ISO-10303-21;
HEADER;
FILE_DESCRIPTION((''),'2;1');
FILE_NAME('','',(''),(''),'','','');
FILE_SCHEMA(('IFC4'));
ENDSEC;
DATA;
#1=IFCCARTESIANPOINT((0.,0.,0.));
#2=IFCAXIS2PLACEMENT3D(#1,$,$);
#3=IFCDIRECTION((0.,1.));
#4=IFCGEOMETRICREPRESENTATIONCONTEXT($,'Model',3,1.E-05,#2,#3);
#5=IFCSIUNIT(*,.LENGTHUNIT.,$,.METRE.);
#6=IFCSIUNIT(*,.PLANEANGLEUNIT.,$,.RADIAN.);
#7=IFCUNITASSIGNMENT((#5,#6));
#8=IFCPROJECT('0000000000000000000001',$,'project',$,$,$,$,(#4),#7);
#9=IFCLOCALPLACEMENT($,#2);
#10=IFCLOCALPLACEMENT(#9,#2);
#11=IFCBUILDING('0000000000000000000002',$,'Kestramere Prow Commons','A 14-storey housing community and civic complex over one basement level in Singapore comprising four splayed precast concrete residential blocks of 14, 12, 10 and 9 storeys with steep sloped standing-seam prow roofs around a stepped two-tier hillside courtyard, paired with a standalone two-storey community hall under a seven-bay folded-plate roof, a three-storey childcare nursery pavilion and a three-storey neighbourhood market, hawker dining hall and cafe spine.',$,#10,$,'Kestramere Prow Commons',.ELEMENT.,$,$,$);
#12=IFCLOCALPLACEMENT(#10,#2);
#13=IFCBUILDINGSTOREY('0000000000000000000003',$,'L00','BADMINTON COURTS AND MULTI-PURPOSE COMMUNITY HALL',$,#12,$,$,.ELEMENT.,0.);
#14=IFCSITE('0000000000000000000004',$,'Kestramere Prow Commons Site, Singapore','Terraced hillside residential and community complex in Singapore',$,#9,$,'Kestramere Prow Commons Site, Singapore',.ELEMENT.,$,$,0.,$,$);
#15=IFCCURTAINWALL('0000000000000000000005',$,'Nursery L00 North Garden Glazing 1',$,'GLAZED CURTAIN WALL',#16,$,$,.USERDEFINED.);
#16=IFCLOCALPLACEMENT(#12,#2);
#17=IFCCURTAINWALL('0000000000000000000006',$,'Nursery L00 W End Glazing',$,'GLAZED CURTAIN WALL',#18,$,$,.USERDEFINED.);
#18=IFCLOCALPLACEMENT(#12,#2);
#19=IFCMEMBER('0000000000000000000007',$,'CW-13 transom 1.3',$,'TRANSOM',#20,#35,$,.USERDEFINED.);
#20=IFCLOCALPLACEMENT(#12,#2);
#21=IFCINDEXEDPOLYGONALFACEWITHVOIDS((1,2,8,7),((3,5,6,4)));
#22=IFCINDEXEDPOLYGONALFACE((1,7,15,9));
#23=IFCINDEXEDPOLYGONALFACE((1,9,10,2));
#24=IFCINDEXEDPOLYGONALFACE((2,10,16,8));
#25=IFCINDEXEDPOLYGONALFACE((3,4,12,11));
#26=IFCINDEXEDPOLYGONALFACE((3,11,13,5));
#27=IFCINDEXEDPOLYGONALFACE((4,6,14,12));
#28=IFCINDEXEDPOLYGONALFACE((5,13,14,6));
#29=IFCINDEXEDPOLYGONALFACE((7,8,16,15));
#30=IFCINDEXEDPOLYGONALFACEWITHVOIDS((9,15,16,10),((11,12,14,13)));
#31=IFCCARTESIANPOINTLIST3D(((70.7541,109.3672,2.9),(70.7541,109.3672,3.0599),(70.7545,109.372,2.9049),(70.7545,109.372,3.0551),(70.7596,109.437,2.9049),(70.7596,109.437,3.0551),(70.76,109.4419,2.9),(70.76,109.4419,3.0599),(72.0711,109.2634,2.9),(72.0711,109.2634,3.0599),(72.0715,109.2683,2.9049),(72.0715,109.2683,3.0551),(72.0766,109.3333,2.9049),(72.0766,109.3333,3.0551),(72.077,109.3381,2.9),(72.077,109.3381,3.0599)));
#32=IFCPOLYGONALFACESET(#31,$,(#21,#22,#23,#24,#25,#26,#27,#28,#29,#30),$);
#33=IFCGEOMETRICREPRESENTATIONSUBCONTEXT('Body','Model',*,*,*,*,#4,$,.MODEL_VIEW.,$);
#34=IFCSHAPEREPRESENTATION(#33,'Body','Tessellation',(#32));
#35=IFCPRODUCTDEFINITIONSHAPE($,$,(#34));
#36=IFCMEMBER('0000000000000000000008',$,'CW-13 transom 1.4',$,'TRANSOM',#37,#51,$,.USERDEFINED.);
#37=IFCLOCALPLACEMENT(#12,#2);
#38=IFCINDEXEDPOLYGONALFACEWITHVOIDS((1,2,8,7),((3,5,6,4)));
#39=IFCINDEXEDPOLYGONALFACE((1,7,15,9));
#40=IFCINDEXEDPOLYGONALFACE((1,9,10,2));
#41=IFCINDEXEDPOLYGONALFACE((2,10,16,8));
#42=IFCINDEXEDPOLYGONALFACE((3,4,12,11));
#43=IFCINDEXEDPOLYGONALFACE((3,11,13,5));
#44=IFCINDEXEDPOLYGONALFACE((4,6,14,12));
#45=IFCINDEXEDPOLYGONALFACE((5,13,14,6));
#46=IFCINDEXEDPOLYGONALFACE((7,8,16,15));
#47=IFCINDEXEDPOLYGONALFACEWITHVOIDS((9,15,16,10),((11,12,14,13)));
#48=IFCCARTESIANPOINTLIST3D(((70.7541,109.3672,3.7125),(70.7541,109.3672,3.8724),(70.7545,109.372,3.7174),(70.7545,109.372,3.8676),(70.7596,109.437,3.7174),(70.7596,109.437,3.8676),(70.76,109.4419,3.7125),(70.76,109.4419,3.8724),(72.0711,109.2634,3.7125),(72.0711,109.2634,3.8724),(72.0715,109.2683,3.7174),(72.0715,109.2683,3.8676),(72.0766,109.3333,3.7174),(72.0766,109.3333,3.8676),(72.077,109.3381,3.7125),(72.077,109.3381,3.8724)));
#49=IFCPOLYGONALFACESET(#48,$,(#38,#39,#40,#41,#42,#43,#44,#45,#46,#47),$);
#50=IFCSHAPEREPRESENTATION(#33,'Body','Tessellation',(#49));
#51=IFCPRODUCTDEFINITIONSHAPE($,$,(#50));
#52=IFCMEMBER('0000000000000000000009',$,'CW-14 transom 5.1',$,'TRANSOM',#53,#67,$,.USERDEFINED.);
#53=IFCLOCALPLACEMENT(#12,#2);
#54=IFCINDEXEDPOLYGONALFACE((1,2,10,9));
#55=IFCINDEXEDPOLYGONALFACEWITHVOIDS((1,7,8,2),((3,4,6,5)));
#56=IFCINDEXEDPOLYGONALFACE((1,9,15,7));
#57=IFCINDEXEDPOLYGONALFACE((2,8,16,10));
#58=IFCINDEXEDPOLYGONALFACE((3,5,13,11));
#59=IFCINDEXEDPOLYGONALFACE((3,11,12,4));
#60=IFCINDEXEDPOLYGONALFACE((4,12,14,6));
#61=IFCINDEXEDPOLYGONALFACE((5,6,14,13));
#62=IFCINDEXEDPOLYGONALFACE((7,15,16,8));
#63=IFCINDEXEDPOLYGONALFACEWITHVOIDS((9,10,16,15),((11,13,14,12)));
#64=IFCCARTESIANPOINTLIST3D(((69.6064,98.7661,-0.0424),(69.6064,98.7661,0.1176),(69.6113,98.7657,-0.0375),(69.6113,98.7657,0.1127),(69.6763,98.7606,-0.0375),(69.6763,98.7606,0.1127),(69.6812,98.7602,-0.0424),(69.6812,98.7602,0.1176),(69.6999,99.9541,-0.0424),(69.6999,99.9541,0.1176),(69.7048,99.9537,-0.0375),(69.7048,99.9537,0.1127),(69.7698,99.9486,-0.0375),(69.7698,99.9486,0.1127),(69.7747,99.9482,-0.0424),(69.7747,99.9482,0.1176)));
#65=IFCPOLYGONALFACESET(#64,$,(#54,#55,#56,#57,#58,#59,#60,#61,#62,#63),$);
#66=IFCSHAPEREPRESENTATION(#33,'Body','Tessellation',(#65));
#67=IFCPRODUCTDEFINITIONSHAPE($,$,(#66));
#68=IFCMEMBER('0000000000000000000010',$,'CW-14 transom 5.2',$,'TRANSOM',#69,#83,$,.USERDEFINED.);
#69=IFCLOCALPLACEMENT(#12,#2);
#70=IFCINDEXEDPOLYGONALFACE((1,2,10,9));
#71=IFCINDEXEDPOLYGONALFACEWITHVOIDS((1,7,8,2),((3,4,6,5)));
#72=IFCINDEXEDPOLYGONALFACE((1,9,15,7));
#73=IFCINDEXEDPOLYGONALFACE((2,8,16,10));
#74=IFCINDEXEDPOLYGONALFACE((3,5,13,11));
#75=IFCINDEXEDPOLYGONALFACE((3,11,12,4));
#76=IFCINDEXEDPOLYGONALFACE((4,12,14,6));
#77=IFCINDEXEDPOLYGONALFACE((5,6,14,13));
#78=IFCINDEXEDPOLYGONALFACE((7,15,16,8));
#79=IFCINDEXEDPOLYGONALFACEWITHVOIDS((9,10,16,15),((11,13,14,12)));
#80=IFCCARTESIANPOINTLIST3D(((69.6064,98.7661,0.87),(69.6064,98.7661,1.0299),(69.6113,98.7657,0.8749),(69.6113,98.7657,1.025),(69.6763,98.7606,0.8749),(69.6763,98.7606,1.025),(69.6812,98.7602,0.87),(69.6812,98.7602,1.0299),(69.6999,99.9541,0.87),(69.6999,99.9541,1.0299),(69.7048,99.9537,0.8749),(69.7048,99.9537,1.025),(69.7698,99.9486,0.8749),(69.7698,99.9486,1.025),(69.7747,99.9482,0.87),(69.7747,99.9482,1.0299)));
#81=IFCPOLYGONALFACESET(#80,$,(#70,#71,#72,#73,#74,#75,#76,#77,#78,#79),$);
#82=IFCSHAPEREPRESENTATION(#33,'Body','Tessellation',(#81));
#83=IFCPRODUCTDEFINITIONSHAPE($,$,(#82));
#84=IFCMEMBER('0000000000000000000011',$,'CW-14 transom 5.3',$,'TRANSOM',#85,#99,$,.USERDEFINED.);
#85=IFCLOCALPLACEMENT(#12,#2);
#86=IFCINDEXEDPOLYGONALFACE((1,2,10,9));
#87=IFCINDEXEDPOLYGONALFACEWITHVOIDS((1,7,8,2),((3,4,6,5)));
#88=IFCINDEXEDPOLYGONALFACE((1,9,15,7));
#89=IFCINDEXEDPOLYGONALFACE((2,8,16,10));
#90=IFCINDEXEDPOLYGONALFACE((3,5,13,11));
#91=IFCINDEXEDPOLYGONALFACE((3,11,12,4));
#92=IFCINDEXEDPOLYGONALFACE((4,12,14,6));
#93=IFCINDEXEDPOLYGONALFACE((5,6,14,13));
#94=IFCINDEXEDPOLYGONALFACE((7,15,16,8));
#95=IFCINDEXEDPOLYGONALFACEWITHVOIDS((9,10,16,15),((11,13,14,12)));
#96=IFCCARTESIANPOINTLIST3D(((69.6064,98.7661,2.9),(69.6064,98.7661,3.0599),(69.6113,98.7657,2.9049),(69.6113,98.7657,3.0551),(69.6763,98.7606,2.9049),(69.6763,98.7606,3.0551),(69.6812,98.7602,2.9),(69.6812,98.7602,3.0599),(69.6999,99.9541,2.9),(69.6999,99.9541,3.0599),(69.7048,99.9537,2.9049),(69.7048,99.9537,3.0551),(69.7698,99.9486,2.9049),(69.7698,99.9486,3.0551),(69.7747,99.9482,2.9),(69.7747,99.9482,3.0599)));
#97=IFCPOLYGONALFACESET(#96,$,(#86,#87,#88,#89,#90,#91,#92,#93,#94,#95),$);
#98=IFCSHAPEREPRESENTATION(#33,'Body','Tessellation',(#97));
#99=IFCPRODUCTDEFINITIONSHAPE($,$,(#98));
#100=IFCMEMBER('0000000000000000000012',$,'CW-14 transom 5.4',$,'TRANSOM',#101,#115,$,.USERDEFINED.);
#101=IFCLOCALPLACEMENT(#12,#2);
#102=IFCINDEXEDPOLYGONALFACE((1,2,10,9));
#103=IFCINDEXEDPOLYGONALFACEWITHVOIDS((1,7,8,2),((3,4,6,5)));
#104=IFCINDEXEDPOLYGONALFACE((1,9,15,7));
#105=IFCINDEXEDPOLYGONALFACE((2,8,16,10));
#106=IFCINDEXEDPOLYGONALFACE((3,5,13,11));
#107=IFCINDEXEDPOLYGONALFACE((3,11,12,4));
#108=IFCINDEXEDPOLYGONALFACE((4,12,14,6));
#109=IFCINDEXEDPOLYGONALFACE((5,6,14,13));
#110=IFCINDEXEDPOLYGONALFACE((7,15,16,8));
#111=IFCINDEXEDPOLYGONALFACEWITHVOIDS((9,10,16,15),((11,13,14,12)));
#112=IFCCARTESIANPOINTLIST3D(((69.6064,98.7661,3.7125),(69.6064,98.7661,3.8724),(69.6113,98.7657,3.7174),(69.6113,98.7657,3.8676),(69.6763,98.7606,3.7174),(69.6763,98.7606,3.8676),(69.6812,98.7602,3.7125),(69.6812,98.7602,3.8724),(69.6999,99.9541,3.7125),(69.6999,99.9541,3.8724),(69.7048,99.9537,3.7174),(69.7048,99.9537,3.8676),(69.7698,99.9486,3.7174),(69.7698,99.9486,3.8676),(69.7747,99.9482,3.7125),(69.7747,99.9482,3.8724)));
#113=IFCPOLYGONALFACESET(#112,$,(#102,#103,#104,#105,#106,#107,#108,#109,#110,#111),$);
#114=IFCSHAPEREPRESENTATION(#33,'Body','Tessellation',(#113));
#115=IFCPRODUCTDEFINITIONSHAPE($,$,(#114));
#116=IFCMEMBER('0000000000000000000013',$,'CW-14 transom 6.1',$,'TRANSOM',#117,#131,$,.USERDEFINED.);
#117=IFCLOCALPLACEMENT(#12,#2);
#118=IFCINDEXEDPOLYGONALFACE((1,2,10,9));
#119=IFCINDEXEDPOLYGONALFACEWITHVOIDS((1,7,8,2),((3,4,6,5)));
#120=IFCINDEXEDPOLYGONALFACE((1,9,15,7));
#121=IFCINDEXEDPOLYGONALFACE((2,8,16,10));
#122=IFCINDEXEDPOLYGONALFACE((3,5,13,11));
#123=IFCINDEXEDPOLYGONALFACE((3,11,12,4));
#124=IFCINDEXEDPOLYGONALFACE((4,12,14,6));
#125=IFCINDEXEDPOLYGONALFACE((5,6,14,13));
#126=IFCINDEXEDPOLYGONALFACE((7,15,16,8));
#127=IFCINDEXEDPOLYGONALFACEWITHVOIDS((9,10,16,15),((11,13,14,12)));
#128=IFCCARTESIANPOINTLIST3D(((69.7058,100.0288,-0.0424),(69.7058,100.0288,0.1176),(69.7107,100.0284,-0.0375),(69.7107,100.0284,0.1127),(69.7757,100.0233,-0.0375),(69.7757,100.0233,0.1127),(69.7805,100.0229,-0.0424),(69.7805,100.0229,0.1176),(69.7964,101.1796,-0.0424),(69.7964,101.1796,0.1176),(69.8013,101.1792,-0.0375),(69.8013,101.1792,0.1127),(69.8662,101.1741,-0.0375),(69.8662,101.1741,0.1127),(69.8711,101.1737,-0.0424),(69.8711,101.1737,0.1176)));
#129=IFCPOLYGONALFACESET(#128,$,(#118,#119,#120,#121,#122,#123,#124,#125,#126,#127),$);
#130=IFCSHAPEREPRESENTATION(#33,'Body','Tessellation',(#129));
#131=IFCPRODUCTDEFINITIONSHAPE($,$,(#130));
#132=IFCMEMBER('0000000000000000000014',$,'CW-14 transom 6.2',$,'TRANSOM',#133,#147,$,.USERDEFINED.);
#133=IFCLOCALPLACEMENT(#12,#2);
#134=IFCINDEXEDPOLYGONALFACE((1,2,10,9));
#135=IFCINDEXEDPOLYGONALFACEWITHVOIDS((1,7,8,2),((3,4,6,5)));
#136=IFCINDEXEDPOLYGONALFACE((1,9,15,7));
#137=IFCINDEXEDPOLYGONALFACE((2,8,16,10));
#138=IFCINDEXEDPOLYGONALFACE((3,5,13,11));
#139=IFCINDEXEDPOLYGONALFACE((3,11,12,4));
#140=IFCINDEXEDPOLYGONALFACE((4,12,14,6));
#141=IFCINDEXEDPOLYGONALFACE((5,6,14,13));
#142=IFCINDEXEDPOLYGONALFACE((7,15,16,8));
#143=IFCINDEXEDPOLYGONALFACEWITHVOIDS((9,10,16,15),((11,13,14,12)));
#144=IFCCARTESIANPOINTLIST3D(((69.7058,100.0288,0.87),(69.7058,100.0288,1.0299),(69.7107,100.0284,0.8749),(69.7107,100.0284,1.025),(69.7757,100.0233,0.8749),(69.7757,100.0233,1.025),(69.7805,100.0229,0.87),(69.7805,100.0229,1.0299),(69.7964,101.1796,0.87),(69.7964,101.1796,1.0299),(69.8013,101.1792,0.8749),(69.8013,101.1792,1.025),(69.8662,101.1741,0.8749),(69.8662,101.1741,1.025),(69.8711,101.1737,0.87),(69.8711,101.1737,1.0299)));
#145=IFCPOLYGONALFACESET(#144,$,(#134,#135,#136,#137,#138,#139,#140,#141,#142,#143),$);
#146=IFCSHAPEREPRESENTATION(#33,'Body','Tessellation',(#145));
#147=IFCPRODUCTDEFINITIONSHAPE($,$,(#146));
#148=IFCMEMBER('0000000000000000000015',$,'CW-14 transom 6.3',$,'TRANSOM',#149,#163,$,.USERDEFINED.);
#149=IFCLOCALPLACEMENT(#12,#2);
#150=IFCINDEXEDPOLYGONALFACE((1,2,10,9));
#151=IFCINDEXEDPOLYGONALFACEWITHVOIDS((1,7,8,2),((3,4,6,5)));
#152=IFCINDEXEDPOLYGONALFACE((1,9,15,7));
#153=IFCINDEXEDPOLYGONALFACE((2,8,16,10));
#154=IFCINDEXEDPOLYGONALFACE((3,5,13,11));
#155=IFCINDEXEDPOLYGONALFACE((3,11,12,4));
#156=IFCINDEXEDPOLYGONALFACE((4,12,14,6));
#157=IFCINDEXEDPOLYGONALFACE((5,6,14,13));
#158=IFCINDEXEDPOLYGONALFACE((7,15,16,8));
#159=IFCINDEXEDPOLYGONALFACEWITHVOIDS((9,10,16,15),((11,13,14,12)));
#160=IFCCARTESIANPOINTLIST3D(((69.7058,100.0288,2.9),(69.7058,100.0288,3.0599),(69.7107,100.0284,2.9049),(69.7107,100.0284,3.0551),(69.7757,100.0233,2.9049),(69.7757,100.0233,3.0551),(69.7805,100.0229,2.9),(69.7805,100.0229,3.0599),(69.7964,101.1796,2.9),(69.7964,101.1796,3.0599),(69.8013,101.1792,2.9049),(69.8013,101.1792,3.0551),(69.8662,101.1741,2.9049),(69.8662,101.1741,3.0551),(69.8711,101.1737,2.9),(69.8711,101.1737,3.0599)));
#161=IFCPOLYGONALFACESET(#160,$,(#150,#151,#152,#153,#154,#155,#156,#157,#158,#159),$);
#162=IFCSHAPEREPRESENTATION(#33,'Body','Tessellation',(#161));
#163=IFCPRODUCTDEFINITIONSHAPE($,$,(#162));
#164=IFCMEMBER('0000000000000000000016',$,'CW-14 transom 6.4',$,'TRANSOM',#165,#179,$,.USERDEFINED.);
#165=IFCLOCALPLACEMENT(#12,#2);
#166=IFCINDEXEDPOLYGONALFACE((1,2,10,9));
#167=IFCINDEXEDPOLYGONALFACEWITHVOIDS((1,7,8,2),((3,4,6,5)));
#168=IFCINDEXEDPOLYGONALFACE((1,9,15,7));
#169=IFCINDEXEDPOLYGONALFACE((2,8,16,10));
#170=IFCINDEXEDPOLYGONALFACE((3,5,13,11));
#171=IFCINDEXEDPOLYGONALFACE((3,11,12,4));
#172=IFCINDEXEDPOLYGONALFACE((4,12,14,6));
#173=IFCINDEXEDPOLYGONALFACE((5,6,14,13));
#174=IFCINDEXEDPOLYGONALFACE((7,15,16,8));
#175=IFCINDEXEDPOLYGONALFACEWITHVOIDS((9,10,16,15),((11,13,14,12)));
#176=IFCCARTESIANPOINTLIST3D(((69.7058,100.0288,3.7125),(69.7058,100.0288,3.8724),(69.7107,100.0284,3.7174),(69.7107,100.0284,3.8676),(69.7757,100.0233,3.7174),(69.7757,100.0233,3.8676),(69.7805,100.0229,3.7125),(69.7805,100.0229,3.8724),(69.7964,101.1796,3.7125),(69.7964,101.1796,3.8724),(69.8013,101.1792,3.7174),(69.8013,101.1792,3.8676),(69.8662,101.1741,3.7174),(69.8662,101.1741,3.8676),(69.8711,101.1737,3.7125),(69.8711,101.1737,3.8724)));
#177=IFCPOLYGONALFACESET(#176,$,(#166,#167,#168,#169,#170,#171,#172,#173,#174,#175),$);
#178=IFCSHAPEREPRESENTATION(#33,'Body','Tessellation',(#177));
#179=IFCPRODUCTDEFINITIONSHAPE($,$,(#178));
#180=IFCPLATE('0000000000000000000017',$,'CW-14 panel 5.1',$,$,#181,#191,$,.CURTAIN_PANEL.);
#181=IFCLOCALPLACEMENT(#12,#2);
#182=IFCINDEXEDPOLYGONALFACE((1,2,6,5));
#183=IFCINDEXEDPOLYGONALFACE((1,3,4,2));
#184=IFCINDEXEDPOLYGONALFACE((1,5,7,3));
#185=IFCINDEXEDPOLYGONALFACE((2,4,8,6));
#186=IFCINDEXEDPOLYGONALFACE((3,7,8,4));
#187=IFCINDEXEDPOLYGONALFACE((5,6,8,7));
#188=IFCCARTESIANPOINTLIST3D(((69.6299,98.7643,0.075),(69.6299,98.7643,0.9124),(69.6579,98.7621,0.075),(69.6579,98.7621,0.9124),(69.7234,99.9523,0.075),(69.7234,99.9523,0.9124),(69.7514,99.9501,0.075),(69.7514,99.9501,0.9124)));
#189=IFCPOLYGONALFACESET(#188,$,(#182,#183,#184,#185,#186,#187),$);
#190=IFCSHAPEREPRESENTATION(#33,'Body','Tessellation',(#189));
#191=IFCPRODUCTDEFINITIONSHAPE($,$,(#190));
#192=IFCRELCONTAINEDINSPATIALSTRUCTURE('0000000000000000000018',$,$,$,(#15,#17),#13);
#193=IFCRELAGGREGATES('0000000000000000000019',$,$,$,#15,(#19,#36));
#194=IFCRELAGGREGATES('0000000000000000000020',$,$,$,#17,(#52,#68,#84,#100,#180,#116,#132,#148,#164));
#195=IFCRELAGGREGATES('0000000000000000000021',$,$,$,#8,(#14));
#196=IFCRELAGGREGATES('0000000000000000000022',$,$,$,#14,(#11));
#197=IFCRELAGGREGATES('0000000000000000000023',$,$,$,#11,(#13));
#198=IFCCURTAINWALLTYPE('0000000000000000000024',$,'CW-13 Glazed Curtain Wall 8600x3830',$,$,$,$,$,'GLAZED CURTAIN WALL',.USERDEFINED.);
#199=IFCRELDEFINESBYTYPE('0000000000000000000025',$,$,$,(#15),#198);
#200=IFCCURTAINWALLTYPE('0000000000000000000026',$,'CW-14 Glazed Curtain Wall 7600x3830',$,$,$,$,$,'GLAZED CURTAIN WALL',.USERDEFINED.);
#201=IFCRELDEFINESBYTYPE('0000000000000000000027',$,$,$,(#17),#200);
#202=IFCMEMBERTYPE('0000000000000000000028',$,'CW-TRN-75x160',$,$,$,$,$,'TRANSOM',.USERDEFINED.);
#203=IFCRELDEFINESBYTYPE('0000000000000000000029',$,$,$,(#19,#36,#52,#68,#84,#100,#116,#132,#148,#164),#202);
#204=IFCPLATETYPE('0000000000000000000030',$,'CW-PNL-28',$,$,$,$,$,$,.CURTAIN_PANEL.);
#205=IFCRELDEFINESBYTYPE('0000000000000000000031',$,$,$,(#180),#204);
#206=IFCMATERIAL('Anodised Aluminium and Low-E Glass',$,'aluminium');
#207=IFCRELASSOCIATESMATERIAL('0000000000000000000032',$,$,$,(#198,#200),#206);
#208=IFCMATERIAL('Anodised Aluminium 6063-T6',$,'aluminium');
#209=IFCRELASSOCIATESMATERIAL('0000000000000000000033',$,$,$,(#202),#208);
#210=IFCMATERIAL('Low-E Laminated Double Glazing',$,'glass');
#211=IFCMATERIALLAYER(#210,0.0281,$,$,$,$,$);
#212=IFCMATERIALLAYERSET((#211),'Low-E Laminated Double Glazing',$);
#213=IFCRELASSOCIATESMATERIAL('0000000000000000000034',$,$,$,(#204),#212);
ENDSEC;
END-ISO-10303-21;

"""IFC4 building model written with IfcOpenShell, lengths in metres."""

from ifc_helpers import new_model, si_unit, direction, frame, origin, origin_2d, place, context, subcontext, project, spatial, rectangle, hollow_rectangle, extrude, material, layer, layer_set, material_profile, profile_set, type_object, element, aggregate, save


model = new_model("IFC4")

# Units and contexts
model_context = context("Model", 3, precision=1e-05, world=origin(), true_north=direction((0.0, 1.0)))
body_context = subcontext(model_context, "Body", "Model", "MODEL_VIEW")
ifc_project = project(units=[si_unit("LENGTHUNIT", "METRE"), si_unit("PLANEANGLEUNIT", "RADIAN")], contexts=[model_context])

# Site, building, storey
site_placement = place(None, origin())
site = spatial("IfcSite", under=ifc_project, at=site_placement, Name="Kestramere Prow Commons Site, Singapore", Description="Terraced hillside residential and community complex in Singapore", LongName="Kestramere Prow Commons Site, Singapore", CompositionType="ELEMENT", RefElevation=0.0)
building_placement = place(site_placement, origin())
building = spatial("IfcBuilding", under=site, at=building_placement, Name="Kestramere Prow Commons", Description="A 14-storey housing community and civic complex over one basement level in Singapore comprising four splayed precast concrete residential blocks of 14, 12, 10 and 9 storeys with steep sloped standing-seam prow roofs around a stepped two-tier hillside courtyard, paired with a standalone two-storey community hall under a seven-bay folded-plate roof, a three-storey childcare nursery pavilion and a three-storey neighbourhood market, hawker dining hall and cafe spine.", LongName="Kestramere Prow Commons", CompositionType="ELEMENT")
storey_placement = place(building_placement, origin())
storey = spatial("IfcBuildingStorey", under=building, at=storey_placement, Name="L00", Description="BADMINTON COURTS AND MULTI-PURPOSE COMMUNITY HALL", CompositionType="ELEMENT", Elevation=0.0)

# Curtain wall
ifc_material_1 = material(Name="Anodised Aluminium and Low-E Glass", Category="aluminium")
curtain_wall_type_1 = type_object("IfcCurtainWallType", Name="CW-13 Glazed Curtain Wall 8600x3830", ElementType="GLAZED CURTAIN WALL", PredefinedType="USERDEFINED", material=ifc_material_1)
curtain_wall_1_placement = place(storey_placement, origin())
curtain_wall_1 = element("IfcCurtainWall", 1, at=curtain_wall_1_placement, inside=storey, type_object=curtain_wall_type_1, Name="Nursery L00 North Garden Glazing 1", ObjectType="GLAZED CURTAIN WALL", PredefinedType="USERDEFINED")
ifc_material_2 = material(Name="Anodised Aluminium 6063-T6", Category="aluminium")

# Curtain wall
curtain_wall_type_2 = type_object("IfcCurtainWallType", Name="CW-14 Glazed Curtain Wall 7600x3830", ElementType="GLAZED CURTAIN WALL", PredefinedType="USERDEFINED", material=ifc_material_1)
curtain_wall_2_placement = place(storey_placement, origin())
curtain_wall_2 = element("IfcCurtainWall", 2, at=curtain_wall_2_placement, inside=storey, type_object=curtain_wall_type_2, Name="Nursery L00 W End Glazing", ObjectType="GLAZED CURTAIN WALL", PredefinedType="USERDEFINED")

# Members
ifc_material_profile_1 = material_profile(ifc_material_2, hollow_rectangle(XDim=0.075, YDim=0.1599, WallThickness=0.0049, at=origin_2d()), Name="ALU-TRN 75x160")
ifc_profile_set_1 = profile_set([ifc_material_profile_1], Name="Anodised Aluminium 6063-T6")
member_type_1 = type_object("IfcMemberType", Name="CW-TRN-75x160", ElementType="TRANSOM", PredefinedType="USERDEFINED", material=ifc_profile_set_1)
member_1_placement = place(storey_placement, frame((70.7571, 109.4045, 2.98), z_axis=(0.99691, -0.078548, 0.0), x_axis=(0.078548, 0.99691, 0.0)))
member_1 = element("IfcMember", 3, at=member_1_placement, type_object=member_type_1, Name="CW-13 transom 1.3", ObjectType="TRANSOM", PredefinedType="USERDEFINED", context=body_context, shape_type="SweptSolid", body=[
    extrude(hollow_rectangle(XDim=0.075, YDim=0.1599, WallThickness=0.0049, at=origin_2d()), origin(), (0.0, 0.0, 1.0), 1.321),
])
member_2_placement = place(storey_placement, frame((70.7571, 109.4045, 3.7925), z_axis=(0.99691, -0.078548, 0.0), x_axis=(0.078548, 0.99691, 0.0)))
member_2 = element("IfcMember", 4, at=member_2_placement, type_object=member_type_1, Name="CW-13 transom 1.4", ObjectType="TRANSOM", PredefinedType="USERDEFINED", context=body_context, shape_type="SweptSolid", body=[
    extrude(hollow_rectangle(XDim=0.075, YDim=0.1599, WallThickness=0.0049, at=origin_2d()), origin(), (0.0, 0.0, 1.0), 1.321),
])
aggregate(curtain_wall_1, [member_1, member_2])
member_3_placement = place(storey_placement, frame((69.6438, 98.7632, 0.0376), z_axis=(0.078467, 0.996917, 0.0), x_axis=(-0.996917, 0.078467, 0.0)))
member_3 = element("IfcMember", 5, at=member_3_placement, type_object=member_type_1, Name="CW-14 transom 5.1", ObjectType="TRANSOM", PredefinedType="USERDEFINED", context=body_context, shape_type="SweptSolid", body=[
    extrude(hollow_rectangle(XDim=0.075, YDim=0.1599, WallThickness=0.0049, at=origin_2d()), origin(), (0.0, 0.0, 1.0), 1.1917),
])
member_4_placement = place(storey_placement, frame((69.6438, 98.7632, 0.95), z_axis=(0.078467, 0.996917, 0.0), x_axis=(-0.996917, 0.078467, 0.0)))
member_4 = element("IfcMember", 6, at=member_4_placement, type_object=member_type_1, Name="CW-14 transom 5.2", ObjectType="TRANSOM", PredefinedType="USERDEFINED", context=body_context, shape_type="SweptSolid", body=[
    extrude(hollow_rectangle(XDim=0.075, YDim=0.1599, WallThickness=0.0049, at=origin_2d()), origin(), (0.0, 0.0, 1.0), 1.1917),
])
member_5_placement = place(storey_placement, frame((69.6438, 98.7632, 2.98), z_axis=(0.078467, 0.996917, 0.0), x_axis=(-0.996917, 0.078467, 0.0)))
member_5 = element("IfcMember", 7, at=member_5_placement, type_object=member_type_1, Name="CW-14 transom 5.3", ObjectType="TRANSOM", PredefinedType="USERDEFINED", context=body_context, shape_type="SweptSolid", body=[
    extrude(hollow_rectangle(XDim=0.075, YDim=0.1599, WallThickness=0.0049, at=origin_2d()), origin(), (0.0, 0.0, 1.0), 1.1917),
])
member_6_placement = place(storey_placement, frame((69.6438, 98.7632, 3.7925), z_axis=(0.078467, 0.996917, 0.0), x_axis=(-0.996917, 0.078467, 0.0)))
member_6 = element("IfcMember", 8, at=member_6_placement, type_object=member_type_1, Name="CW-14 transom 5.4", ObjectType="TRANSOM", PredefinedType="USERDEFINED", context=body_context, shape_type="SweptSolid", body=[
    extrude(hollow_rectangle(XDim=0.075, YDim=0.1599, WallThickness=0.0049, at=origin_2d()), origin(), (0.0, 0.0, 1.0), 1.1917),
])
member_7_placement = place(storey_placement, frame((69.7432, 100.0259, 0.0376), z_axis=(0.078476, 0.996916, 0.0), x_axis=(-0.996916, 0.078476, 0.0)))
member_7 = element("IfcMember", 9, at=member_7_placement, type_object=member_type_1, Name="CW-14 transom 6.1", ObjectType="TRANSOM", PredefinedType="USERDEFINED", context=body_context, shape_type="SweptSolid", body=[
    extrude(hollow_rectangle(XDim=0.075, YDim=0.1599, WallThickness=0.0049, at=origin_2d()), origin(), (0.0, 0.0, 1.0), 1.1543),
])
member_8_placement = place(storey_placement, frame((69.7432, 100.0259, 0.95), z_axis=(0.078476, 0.996916, 0.0), x_axis=(-0.996916, 0.078476, 0.0)))
member_8 = element("IfcMember", 10, at=member_8_placement, type_object=member_type_1, Name="CW-14 transom 6.2", ObjectType="TRANSOM", PredefinedType="USERDEFINED", context=body_context, shape_type="SweptSolid", body=[
    extrude(hollow_rectangle(XDim=0.075, YDim=0.1599, WallThickness=0.0049, at=origin_2d()), origin(), (0.0, 0.0, 1.0), 1.1543),
])
member_9_placement = place(storey_placement, frame((69.7432, 100.0259, 2.98), z_axis=(0.078476, 0.996916, 0.0), x_axis=(-0.996916, 0.078476, 0.0)))
member_9 = element("IfcMember", 11, at=member_9_placement, type_object=member_type_1, Name="CW-14 transom 6.3", ObjectType="TRANSOM", PredefinedType="USERDEFINED", context=body_context, shape_type="SweptSolid", body=[
    extrude(hollow_rectangle(XDim=0.075, YDim=0.1599, WallThickness=0.0049, at=origin_2d()), origin(), (0.0, 0.0, 1.0), 1.1543),
])
member_10_placement = place(storey_placement, frame((69.7432, 100.0259, 3.7925), z_axis=(0.078476, 0.996916, 0.0), x_axis=(-0.996916, 0.078476, 0.0)))
member_10 = element("IfcMember", 12, at=member_10_placement, type_object=member_type_1, Name="CW-14 transom 6.4", ObjectType="TRANSOM", PredefinedType="USERDEFINED", context=body_context, shape_type="SweptSolid", body=[
    extrude(hollow_rectangle(XDim=0.075, YDim=0.1599, WallThickness=0.0049, at=origin_2d()), origin(), (0.0, 0.0, 1.0), 1.1543),
])

# Plate
ifc_material_3 = material(Name="Low-E Laminated Double Glazing", Category="glass")
ifc_layer_1 = layer(ifc_material_3, 0.0281)
ifc_layer_set_1 = layer_set([ifc_layer_1], Name="Low-E Laminated Double Glazing")
plate_type = type_object("IfcPlateType", Name="CW-PNL-28", PredefinedType="CURTAIN_PANEL", material=ifc_layer_set_1)
plate_1_placement = place(storey_placement, frame((69.6907, 99.3572, 0.075), z_axis=(0.0, 0.0, 1.0), x_axis=(0.078459, 0.996917, 0.0)))
plate_1 = element("IfcPlate", 13, at=plate_1_placement, type_object=plate_type, Name="CW-14 panel 5.1", PredefinedType="CURTAIN_PANEL", context=body_context, shape_type="SweptSolid", body=[
    extrude(rectangle(XDim=1.1917, YDim=0.0281, at=origin_2d()), origin(), (0.0, 0.0, 1.0), 0.8374),
])
aggregate(curtain_wall_2, [member_3, member_4, member_5, member_6, plate_1, member_7, member_8, member_9, member_10])

save(model, "model.ifc")
